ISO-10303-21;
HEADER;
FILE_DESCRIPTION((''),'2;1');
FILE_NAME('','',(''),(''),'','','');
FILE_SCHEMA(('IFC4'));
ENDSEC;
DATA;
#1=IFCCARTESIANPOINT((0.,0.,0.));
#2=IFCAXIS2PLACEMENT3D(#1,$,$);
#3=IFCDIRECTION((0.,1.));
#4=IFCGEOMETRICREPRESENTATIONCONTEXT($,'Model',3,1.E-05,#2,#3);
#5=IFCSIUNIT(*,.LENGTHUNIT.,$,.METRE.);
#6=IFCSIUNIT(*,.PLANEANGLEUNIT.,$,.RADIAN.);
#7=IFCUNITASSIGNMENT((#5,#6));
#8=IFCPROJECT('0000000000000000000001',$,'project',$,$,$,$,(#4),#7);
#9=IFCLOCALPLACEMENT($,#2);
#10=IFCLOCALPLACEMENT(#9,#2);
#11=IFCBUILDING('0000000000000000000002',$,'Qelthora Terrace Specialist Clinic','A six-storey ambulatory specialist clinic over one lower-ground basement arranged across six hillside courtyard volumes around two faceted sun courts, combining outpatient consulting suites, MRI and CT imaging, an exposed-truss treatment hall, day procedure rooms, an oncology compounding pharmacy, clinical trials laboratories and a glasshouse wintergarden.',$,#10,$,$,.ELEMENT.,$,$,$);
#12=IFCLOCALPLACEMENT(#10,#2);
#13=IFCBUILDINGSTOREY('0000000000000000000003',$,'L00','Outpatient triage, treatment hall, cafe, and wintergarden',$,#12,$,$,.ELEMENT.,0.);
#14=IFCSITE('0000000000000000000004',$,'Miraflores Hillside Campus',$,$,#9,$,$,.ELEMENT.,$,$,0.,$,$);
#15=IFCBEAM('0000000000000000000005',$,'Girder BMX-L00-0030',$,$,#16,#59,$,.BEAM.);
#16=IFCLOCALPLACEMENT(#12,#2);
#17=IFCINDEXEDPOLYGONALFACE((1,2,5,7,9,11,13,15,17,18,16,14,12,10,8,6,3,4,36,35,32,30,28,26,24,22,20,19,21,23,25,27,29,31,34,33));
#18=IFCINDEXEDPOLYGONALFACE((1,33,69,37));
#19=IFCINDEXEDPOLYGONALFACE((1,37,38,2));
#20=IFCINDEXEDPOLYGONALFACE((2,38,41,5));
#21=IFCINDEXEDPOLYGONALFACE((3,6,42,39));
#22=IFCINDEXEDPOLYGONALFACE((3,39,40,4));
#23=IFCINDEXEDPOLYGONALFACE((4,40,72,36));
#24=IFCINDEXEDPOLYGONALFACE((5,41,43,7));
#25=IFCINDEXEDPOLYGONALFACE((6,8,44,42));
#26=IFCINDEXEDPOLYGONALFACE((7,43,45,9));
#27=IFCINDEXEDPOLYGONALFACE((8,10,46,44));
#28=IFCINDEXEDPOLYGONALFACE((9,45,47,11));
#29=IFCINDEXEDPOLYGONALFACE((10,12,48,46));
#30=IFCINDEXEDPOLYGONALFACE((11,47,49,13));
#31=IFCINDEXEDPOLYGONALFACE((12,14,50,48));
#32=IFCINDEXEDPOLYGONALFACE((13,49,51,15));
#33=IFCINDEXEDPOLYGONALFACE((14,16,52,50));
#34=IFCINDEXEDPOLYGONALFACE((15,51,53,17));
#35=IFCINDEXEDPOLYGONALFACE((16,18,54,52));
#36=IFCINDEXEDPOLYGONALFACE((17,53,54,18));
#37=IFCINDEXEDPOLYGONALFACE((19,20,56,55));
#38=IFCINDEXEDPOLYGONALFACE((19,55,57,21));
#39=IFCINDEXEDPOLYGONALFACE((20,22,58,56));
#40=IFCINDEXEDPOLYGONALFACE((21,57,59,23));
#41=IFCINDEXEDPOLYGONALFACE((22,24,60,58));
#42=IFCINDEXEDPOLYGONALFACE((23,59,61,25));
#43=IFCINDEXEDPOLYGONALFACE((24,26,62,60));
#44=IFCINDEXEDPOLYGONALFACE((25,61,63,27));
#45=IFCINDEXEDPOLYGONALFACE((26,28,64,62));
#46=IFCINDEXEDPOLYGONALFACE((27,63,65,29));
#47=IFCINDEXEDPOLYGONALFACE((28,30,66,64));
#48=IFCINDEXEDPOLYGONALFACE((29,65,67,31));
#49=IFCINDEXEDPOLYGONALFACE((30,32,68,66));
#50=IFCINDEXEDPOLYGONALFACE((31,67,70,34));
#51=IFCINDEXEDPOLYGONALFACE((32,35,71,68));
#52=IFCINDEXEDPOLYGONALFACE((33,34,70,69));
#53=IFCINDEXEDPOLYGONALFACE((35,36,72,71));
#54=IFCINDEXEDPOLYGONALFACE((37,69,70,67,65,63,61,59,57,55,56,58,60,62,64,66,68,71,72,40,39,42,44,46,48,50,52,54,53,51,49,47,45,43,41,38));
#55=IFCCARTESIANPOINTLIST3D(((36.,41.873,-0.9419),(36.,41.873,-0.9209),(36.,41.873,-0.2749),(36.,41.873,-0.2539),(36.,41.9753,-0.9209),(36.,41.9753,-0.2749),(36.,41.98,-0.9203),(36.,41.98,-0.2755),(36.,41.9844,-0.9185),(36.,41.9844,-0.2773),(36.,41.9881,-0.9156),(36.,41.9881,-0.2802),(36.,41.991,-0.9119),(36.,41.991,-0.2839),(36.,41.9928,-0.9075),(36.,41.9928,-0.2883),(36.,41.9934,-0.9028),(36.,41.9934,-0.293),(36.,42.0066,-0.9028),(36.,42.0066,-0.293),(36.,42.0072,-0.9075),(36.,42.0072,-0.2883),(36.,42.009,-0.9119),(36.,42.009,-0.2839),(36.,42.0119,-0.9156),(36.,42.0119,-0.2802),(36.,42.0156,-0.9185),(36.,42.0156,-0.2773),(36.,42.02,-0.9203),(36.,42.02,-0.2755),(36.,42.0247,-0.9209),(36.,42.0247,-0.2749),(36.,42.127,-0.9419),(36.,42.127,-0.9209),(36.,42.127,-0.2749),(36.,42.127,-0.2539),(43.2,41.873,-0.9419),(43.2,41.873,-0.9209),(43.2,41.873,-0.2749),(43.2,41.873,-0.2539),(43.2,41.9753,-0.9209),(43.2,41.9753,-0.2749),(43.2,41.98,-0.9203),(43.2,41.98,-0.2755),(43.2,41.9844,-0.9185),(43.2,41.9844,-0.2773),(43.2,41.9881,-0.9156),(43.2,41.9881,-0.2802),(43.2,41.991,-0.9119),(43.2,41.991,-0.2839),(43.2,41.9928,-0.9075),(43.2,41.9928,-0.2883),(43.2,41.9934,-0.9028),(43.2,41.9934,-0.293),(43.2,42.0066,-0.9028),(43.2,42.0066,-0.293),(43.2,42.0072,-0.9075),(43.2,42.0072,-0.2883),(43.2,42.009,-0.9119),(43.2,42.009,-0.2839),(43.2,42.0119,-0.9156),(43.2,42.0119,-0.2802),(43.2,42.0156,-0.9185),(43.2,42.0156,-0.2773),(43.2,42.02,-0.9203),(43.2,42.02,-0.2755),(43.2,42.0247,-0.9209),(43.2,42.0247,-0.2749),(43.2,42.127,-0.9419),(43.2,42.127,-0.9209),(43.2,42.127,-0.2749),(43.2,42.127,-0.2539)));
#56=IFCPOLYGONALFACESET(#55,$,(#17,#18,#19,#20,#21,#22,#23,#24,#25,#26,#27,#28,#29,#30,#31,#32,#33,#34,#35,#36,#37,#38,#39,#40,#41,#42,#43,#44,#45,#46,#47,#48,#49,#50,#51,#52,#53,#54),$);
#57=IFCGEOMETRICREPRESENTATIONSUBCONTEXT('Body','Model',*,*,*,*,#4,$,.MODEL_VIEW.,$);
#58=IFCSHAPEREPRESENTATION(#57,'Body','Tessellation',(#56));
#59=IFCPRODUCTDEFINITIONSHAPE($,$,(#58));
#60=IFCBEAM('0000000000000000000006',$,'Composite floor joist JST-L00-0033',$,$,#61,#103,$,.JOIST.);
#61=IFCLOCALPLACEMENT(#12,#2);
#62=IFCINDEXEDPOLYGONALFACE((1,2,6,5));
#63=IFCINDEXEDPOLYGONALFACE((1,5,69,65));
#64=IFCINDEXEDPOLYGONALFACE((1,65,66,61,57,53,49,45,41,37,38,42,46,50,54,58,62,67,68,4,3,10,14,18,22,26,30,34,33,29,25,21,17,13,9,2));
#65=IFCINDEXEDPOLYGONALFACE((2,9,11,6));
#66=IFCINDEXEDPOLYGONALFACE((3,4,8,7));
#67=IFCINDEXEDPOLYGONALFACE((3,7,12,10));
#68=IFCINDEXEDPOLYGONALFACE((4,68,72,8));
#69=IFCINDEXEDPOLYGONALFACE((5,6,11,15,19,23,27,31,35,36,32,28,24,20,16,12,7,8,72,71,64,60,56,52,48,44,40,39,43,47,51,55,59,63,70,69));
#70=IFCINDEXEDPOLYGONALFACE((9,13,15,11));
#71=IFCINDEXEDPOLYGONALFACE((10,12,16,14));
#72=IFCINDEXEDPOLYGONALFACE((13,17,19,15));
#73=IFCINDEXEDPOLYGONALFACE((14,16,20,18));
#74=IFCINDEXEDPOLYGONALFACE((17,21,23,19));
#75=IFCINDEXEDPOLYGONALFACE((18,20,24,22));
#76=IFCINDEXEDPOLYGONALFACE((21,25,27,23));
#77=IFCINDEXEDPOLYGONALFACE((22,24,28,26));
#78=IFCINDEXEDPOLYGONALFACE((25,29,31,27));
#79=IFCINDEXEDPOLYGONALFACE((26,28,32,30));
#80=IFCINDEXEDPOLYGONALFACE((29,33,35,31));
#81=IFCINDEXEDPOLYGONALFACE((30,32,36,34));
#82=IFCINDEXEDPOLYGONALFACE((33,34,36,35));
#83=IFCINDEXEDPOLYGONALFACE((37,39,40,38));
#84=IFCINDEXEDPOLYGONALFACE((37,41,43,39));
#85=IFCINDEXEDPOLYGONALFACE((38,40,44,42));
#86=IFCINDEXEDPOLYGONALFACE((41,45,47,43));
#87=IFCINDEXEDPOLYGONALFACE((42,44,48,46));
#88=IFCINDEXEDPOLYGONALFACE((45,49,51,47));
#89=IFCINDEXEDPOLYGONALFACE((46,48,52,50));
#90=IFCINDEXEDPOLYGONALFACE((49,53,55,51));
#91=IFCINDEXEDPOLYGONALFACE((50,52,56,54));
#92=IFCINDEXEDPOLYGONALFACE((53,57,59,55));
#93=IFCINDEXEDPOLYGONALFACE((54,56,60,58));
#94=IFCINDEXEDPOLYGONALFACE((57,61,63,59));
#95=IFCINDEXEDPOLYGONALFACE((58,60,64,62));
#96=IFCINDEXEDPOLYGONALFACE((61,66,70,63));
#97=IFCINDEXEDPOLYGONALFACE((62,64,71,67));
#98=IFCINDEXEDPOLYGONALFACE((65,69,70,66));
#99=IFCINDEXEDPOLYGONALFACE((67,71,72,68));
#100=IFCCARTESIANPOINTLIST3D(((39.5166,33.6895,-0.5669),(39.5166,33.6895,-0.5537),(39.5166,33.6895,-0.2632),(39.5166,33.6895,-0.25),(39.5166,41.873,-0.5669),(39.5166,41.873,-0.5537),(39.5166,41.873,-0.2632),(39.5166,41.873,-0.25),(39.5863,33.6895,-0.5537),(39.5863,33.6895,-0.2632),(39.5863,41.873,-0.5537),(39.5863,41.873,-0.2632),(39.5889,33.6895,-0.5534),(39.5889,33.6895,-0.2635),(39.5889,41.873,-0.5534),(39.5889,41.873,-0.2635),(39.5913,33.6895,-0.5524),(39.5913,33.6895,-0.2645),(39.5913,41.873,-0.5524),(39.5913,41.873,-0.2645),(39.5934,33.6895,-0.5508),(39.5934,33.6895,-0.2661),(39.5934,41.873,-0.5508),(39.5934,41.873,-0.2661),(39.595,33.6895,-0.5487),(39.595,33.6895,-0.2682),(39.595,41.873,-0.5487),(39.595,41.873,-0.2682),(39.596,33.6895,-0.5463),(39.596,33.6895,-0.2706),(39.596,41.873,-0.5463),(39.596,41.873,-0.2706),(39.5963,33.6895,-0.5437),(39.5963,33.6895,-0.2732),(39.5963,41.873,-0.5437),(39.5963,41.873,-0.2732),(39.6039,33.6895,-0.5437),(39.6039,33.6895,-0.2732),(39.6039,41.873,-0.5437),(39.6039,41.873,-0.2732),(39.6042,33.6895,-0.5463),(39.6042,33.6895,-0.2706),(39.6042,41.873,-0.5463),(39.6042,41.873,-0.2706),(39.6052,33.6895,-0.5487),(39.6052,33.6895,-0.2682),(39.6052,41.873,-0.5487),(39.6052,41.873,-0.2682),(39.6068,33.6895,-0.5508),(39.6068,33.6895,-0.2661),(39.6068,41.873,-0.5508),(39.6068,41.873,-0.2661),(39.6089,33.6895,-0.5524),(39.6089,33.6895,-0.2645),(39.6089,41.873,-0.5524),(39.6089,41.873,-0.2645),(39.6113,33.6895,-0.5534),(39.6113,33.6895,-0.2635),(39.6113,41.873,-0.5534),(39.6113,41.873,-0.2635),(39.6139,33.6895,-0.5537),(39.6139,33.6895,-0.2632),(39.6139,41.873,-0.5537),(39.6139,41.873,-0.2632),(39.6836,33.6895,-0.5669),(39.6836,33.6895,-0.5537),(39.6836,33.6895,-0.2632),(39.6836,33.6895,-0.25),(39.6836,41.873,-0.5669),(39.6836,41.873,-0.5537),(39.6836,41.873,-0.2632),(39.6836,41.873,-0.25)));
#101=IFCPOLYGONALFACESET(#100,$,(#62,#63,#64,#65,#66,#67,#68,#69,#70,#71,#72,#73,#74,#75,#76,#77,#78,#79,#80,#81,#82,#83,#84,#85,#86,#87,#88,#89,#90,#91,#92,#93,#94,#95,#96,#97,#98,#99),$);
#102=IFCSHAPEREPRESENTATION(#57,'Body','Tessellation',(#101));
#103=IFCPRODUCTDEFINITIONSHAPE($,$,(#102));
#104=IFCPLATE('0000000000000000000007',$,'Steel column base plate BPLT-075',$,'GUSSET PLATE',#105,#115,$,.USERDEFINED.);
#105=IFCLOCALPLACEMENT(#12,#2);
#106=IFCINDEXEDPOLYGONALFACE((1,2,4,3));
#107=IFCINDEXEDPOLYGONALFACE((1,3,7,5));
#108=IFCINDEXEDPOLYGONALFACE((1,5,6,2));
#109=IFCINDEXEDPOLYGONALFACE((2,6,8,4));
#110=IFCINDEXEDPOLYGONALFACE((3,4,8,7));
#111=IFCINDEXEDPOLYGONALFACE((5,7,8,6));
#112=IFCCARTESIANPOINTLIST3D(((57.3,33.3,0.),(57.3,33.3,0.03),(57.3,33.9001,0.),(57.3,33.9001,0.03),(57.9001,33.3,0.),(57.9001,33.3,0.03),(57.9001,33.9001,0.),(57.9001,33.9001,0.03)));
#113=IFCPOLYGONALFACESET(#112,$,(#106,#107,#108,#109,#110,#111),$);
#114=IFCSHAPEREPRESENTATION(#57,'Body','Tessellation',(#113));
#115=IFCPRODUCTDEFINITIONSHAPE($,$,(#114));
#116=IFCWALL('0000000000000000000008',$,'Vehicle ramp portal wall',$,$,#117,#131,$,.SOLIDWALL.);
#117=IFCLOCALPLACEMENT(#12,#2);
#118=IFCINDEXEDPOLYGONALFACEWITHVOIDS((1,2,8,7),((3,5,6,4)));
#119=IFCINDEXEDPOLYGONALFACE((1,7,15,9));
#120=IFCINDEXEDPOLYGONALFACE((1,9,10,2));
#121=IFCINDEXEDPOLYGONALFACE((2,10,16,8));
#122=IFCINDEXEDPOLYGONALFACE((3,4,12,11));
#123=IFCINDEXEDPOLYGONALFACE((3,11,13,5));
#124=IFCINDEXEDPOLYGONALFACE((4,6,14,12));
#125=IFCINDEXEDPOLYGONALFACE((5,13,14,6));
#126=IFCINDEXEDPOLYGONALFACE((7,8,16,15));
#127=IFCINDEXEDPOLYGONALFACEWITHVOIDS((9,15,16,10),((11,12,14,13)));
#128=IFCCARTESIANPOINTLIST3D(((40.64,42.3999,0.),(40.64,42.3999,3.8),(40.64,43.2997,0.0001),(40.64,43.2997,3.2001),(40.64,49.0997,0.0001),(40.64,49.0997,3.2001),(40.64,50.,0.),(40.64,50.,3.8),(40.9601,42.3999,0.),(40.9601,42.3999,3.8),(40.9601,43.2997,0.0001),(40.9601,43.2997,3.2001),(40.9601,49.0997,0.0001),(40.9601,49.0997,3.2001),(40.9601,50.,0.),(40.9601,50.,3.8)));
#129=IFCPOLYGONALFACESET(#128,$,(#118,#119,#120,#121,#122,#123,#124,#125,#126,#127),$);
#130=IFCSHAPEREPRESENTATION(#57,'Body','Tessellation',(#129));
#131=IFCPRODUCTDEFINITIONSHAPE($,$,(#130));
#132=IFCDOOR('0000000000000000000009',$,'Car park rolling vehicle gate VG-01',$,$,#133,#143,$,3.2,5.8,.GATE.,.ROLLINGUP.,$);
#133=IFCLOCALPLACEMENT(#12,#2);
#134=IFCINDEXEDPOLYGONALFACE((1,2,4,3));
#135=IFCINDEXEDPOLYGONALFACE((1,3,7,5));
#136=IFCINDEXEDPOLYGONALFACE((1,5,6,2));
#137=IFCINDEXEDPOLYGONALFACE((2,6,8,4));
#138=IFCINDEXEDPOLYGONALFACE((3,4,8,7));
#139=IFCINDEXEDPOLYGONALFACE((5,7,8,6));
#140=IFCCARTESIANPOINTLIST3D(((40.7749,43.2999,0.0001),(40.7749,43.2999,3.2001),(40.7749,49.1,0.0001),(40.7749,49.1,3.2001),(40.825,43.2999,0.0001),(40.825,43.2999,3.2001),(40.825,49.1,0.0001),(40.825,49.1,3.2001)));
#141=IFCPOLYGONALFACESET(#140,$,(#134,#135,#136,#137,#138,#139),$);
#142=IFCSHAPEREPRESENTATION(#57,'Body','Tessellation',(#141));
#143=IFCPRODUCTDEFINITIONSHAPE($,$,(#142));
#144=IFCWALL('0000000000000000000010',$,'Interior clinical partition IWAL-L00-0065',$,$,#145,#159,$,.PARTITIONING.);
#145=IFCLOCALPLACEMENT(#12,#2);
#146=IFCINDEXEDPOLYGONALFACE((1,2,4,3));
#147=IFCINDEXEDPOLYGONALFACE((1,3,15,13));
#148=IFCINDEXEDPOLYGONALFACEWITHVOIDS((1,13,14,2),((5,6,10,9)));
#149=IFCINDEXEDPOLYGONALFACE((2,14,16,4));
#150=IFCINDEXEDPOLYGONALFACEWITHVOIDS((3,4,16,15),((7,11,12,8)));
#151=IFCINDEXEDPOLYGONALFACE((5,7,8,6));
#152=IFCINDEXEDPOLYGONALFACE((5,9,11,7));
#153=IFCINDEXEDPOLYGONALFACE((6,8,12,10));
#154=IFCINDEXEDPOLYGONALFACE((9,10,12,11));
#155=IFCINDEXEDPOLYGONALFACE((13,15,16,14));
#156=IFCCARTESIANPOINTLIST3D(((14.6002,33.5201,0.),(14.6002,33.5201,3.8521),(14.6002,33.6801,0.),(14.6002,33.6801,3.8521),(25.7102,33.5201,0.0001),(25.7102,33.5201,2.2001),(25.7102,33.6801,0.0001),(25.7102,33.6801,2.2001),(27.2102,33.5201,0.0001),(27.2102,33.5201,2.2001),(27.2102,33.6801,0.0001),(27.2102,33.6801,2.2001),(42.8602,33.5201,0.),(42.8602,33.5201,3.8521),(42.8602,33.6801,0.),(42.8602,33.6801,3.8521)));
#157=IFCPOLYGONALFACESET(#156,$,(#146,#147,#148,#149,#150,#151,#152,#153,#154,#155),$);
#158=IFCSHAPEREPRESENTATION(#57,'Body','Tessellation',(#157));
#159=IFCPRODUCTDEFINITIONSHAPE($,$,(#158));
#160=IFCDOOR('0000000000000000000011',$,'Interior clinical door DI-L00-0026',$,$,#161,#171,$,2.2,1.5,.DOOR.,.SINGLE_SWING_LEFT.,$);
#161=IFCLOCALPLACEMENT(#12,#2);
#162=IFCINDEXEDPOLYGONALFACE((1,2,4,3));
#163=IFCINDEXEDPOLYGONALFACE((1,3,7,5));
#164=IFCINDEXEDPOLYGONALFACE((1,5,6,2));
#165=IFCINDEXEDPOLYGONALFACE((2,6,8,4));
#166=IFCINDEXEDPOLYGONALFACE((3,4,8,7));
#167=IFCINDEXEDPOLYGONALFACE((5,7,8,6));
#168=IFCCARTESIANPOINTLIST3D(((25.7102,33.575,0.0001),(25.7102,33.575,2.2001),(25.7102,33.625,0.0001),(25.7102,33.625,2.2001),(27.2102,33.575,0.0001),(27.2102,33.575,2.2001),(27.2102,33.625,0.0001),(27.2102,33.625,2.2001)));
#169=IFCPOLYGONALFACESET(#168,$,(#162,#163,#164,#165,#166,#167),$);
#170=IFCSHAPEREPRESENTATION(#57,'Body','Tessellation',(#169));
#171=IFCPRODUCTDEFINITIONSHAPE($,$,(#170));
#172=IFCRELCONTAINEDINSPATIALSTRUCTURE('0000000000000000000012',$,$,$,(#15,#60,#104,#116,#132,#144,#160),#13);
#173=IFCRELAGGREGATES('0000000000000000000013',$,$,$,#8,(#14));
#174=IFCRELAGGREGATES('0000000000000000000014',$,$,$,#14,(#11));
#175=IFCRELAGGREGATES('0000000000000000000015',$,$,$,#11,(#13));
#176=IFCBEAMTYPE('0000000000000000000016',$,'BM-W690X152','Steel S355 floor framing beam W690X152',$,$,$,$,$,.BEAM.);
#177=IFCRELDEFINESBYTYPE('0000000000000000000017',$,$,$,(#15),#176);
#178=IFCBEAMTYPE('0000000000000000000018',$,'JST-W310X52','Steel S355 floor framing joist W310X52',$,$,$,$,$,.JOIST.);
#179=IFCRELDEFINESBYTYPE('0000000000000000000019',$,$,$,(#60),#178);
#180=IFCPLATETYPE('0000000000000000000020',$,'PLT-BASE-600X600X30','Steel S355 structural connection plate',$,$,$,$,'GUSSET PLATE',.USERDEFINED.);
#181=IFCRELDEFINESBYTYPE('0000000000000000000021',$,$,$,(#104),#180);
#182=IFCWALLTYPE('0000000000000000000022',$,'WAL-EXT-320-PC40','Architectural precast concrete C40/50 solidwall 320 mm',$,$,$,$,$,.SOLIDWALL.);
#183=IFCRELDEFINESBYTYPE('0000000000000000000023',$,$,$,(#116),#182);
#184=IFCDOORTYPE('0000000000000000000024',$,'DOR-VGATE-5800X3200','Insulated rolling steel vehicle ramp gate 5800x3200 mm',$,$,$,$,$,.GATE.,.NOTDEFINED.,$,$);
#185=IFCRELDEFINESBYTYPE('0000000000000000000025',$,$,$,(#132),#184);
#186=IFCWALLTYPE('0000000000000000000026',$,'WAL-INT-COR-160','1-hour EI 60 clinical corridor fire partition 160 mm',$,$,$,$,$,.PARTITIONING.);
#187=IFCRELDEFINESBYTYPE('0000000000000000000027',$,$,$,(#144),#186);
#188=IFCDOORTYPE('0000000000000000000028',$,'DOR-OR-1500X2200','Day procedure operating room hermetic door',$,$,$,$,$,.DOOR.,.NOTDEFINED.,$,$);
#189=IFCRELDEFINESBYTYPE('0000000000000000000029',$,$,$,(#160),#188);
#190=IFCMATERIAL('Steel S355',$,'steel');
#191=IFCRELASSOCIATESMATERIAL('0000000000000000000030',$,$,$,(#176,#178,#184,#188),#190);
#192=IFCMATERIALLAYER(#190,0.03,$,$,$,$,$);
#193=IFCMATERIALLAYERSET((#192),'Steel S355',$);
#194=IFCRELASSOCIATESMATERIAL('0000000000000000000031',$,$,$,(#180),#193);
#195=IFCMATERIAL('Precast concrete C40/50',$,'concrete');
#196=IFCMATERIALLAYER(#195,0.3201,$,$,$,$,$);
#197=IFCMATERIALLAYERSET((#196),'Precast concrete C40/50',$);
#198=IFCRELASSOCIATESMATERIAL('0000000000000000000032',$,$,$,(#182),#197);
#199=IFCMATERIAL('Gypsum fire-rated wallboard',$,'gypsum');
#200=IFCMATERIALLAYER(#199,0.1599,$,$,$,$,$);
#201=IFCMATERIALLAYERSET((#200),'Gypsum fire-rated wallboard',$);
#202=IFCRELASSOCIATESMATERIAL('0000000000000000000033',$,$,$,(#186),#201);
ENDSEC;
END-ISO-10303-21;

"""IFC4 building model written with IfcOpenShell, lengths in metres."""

from ifc_helpers import new_model, si_unit, direction, frame, frame_2d, origin, origin_2d, place, context, subcontext, project, spatial, rectangle, i_section, extrude, material, layer, layer_set, material_profile, profile_set, type_object, element, fill, save


model = new_model("IFC4")

# Units and contexts
model_context = context("Model", 3, precision=1e-05, world=origin(), true_north=direction((0.0, 1.0)))
body_context = subcontext(model_context, "Body", "Model", "MODEL_VIEW")
ifc_project = project(units=[si_unit("LENGTHUNIT", "METRE"), si_unit("PLANEANGLEUNIT", "RADIAN")], contexts=[model_context])

# Site, building, storey
site_placement = place(None, origin())
site = spatial("IfcSite", under=ifc_project, at=site_placement, Name="Miraflores Hillside Campus", CompositionType="ELEMENT", RefElevation=0.0)
building_placement = place(site_placement, origin())
building = spatial("IfcBuilding", under=site, at=building_placement, Name="Qelthora Terrace Specialist Clinic", Description="A six-storey ambulatory specialist clinic over one lower-ground basement arranged across six hillside courtyard volumes around two faceted sun courts, combining outpatient consulting suites, MRI and CT imaging, an exposed-truss treatment hall, day procedure rooms, an oncology compounding pharmacy, clinical trials laboratories and a glasshouse wintergarden.", CompositionType="ELEMENT")
storey_placement = place(building_placement, origin())
storey = spatial("IfcBuildingStorey", under=building, at=storey_placement, Name="L00", Description="Outpatient triage, treatment hall, cafe, and wintergarden", CompositionType="ELEMENT", Elevation=0.0)

# Shared definitions
ifc_material_1 = material(Name="Steel S355", Category="steel")

# Beams
ifc_material_profile_1 = material_profile(ifc_material_1, i_section(OverallWidth=0.2539, OverallDepth=0.688, WebThickness=0.0132, FlangeThickness=0.021, FilletRadius=0.0181, at=origin_2d()), Name="W690X152")
ifc_profile_set_1 = profile_set([ifc_material_profile_1], Name="Steel S355")
beam_type_1 = type_object("IfcBeamType", Name="BM-W690X152", Description="Steel S355 floor framing beam W690X152", PredefinedType="BEAM", material=ifc_profile_set_1)
beam_1_placement = place(storey_placement, frame((36.0, 42.0, -0.5979), z_axis=(1.0, 0.0, 0.0), x_axis=(0.0, 1.0, 0.0)))
element("IfcBeam", 1, at=beam_1_placement, inside=storey, type_object=beam_type_1, Name="Girder BMX-L00-0030", PredefinedType="BEAM", context=body_context, shape_type="SweptSolid", body=[
    extrude(i_section(OverallWidth=0.2539, OverallDepth=0.688, WebThickness=0.0132, FlangeThickness=0.021, FilletRadius=0.0181, at=origin_2d()), origin(), (0.0, 0.0, 1.0), 7.2),
])
ifc_material_profile_2 = material_profile(ifc_material_1, i_section(OverallWidth=0.167, OverallDepth=0.3169, WebThickness=0.0076, FlangeThickness=0.0132, FilletRadius=0.01, at=origin_2d()), Name="W310X52")
ifc_profile_set_2 = profile_set([ifc_material_profile_2], Name="Steel S355")
beam_type_2 = type_object("IfcBeamType", Name="JST-W310X52", Description="Steel S355 floor framing joist W310X52", PredefinedType="JOIST", material=ifc_profile_set_2)
beam_2_placement = place(storey_placement, frame((39.6001, 33.6895, -0.4084), z_axis=(0.0, 1.0, 0.0), x_axis=(-1.0, 0.0, 0.0)))
element("IfcBeam", 2, at=beam_2_placement, inside=storey, type_object=beam_type_2, Name="Composite floor joist JST-L00-0033", PredefinedType="JOIST", context=body_context, shape_type="SweptSolid", body=[
    extrude(i_section(OverallWidth=0.167, OverallDepth=0.3169, WebThickness=0.0076, FlangeThickness=0.0132, FilletRadius=0.01, at=origin_2d()), origin(), (0.0, 0.0, 1.0), 8.1836),
])

# Plate
ifc_layer_1 = layer(ifc_material_1, 0.03)
ifc_layer_set_1 = layer_set([ifc_layer_1], Name="Steel S355")
plate_type = type_object("IfcPlateType", Name="PLT-BASE-600X600X30", Description="Steel S355 structural connection plate", ElementType="GUSSET PLATE", PredefinedType="USERDEFINED", material=ifc_layer_set_1)
plate_placement = place(storey_placement, frame((57.6001, 33.6001, 0.0), z_axis=(0.0, 0.0, 1.0), x_axis=(1.0, 0.0, 0.0)))
element("IfcPlate", 3, at=plate_placement, inside=storey, type_object=plate_type, Name="Steel column base plate BPLT-075", ObjectType="GUSSET PLATE", PredefinedType="USERDEFINED", context=body_context, shape_type="SweptSolid", body=[
    extrude(rectangle(XDim=0.6001, YDim=0.6001, at=origin_2d()), origin(), (0.0, 0.0, 1.0), 0.03),
])

# Walls, openings, doors
ifc_material_2 = material(Name="Precast concrete C40/50", Category="concrete")
ifc_layer_2 = layer(ifc_material_2, 0.3201)
ifc_layer_set_2 = layer_set([ifc_layer_2], Name="Precast concrete C40/50")
wall_type_1 = type_object("IfcWallType", Name="WAL-EXT-320-PC40", Description="Architectural precast concrete C40/50 solidwall 320 mm", PredefinedType="SOLIDWALL", material=ifc_layer_set_2)
wall_1_placement = place(storey_placement, frame((40.8, 42.3999, 0.0), z_axis=(0.0, 0.0, 1.0), x_axis=(0.0, 1.0, 0.0)))
wall_1 = element("IfcWall", 4, at=wall_1_placement, inside=storey, type_object=wall_type_1, Name="Vehicle ramp portal wall", PredefinedType="SOLIDWALL", context=body_context, shape_type="SweptSolid", body=[
    extrude(rectangle(XDim=7.6001, YDim=0.3201, at=frame_2d((3.8, 0.0))), origin(), (0.0, 0.0, 1.0), 3.8),
])
opening_1_placement = place(wall_1_placement, frame((0.8999, 0.0, 0.0)))
opening_1 = element("IfcOpeningElement", 5, at=opening_1_placement, cuts=wall_1, PredefinedType="OPENING", context=body_context, shape_type="SweptSolid", body=[
    extrude(rectangle(XDim=5.8, YDim=3.2, at=frame_2d((2.8999, 1.6001))), frame((0.0, 0.1699, 0.0), z_axis=(0.0, -1.0, 0.0), x_axis=(1.0, 0.0, 0.0)), (0.0, 0.0, 1.0), 0.3401),
])
door_type_1 = type_object("IfcDoorType", Name="DOR-VGATE-5800X3200", Description="Insulated rolling steel vehicle ramp gate 5800x3200 mm", OperationType="NOTDEFINED", PredefinedType="GATE", material=ifc_material_1)
door_1_placement = place(opening_1_placement, frame((5.8, 0.0, 0.0), z_axis=(0.0, 0.0, 1.0), x_axis=(-1.0, 0.0, 0.0)))
door_1 = element("IfcDoor", 6, at=door_1_placement, inside=storey, type_object=door_type_1, Name="Car park rolling vehicle gate VG-01", OperationType="ROLLINGUP", OverallHeight=3.2, OverallWidth=5.8, PredefinedType="GATE", context=body_context, shape_type="SweptSolid", body=[
    extrude(rectangle(XDim=5.8, YDim=3.2, at=frame_2d((2.8999, 1.6001))), frame((0.0, 0.0249, 0.0), z_axis=(0.0, -1.0, 0.0), x_axis=(1.0, 0.0, 0.0)), (0.0, 0.0, 1.0), 0.05),
])
fill(opening_1, door_1)
ifc_material_3 = material(Name="Gypsum fire-rated wallboard", Category="gypsum")
ifc_layer_3 = layer(ifc_material_3, 0.1599)
ifc_layer_set_3 = layer_set([ifc_layer_3], Name="Gypsum fire-rated wallboard")
wall_type_2 = type_object("IfcWallType", Name="WAL-INT-COR-160", Description="1-hour EI 60 clinical corridor fire partition 160 mm", PredefinedType="PARTITIONING", material=ifc_layer_set_3)
wall_2_placement = place(storey_placement, frame((42.8601, 33.6001, 0.0), z_axis=(0.0, 0.0, 1.0), x_axis=(-1.0, 0.0, 0.0)))
wall_2 = element("IfcWall", 7, at=wall_2_placement, inside=storey, type_object=wall_type_2, Name="Interior clinical partition IWAL-L00-0065", PredefinedType="PARTITIONING", context=body_context, shape_type="SweptSolid", body=[
    extrude(rectangle(XDim=28.26, YDim=0.1599, at=frame_2d((14.1299, 0.0))), origin(), (0.0, 0.0, 1.0), 3.8521),
])
opening_2_placement = place(wall_2_placement, frame((15.6499, 0.0, 0.0)))
opening_2 = element("IfcOpeningElement", 8, at=opening_2_placement, cuts=wall_2, PredefinedType="OPENING", context=body_context, shape_type="SweptSolid", body=[
    extrude(rectangle(XDim=1.5, YDim=2.2, at=frame_2d((0.75, 1.1001))), frame((0.0, 0.0898, 0.0), z_axis=(0.0, -1.0, 0.0), x_axis=(1.0, 0.0, 0.0)), (0.0, 0.0, 1.0), 0.1799),
])
door_type_2 = type_object("IfcDoorType", Name="DOR-OR-1500X2200", Description="Day procedure operating room hermetic door", OperationType="NOTDEFINED", PredefinedType="DOOR", material=ifc_material_1)
door_2_placement = place(opening_2_placement, frame((1.5, 0.0, 0.0), z_axis=(0.0, 0.0, 1.0), x_axis=(-1.0, 0.0, 0.0)))
door_2 = element("IfcDoor", 9, at=door_2_placement, inside=storey, type_object=door_type_2, Name="Interior clinical door DI-L00-0026", OperationType="SINGLE_SWING_LEFT", OverallHeight=2.2, OverallWidth=1.5, PredefinedType="DOOR", context=body_context, shape_type="SweptSolid", body=[
    extrude(rectangle(XDim=1.5, YDim=2.2, at=frame_2d((0.75, 1.1001))), frame((0.0, 0.0249, 0.0), z_axis=(0.0, -1.0, 0.0), x_axis=(1.0, 0.0, 0.0)), (0.0, 0.0, 1.0), 0.05),
])
fill(opening_2, door_2)

save(model, "model.ifc")
